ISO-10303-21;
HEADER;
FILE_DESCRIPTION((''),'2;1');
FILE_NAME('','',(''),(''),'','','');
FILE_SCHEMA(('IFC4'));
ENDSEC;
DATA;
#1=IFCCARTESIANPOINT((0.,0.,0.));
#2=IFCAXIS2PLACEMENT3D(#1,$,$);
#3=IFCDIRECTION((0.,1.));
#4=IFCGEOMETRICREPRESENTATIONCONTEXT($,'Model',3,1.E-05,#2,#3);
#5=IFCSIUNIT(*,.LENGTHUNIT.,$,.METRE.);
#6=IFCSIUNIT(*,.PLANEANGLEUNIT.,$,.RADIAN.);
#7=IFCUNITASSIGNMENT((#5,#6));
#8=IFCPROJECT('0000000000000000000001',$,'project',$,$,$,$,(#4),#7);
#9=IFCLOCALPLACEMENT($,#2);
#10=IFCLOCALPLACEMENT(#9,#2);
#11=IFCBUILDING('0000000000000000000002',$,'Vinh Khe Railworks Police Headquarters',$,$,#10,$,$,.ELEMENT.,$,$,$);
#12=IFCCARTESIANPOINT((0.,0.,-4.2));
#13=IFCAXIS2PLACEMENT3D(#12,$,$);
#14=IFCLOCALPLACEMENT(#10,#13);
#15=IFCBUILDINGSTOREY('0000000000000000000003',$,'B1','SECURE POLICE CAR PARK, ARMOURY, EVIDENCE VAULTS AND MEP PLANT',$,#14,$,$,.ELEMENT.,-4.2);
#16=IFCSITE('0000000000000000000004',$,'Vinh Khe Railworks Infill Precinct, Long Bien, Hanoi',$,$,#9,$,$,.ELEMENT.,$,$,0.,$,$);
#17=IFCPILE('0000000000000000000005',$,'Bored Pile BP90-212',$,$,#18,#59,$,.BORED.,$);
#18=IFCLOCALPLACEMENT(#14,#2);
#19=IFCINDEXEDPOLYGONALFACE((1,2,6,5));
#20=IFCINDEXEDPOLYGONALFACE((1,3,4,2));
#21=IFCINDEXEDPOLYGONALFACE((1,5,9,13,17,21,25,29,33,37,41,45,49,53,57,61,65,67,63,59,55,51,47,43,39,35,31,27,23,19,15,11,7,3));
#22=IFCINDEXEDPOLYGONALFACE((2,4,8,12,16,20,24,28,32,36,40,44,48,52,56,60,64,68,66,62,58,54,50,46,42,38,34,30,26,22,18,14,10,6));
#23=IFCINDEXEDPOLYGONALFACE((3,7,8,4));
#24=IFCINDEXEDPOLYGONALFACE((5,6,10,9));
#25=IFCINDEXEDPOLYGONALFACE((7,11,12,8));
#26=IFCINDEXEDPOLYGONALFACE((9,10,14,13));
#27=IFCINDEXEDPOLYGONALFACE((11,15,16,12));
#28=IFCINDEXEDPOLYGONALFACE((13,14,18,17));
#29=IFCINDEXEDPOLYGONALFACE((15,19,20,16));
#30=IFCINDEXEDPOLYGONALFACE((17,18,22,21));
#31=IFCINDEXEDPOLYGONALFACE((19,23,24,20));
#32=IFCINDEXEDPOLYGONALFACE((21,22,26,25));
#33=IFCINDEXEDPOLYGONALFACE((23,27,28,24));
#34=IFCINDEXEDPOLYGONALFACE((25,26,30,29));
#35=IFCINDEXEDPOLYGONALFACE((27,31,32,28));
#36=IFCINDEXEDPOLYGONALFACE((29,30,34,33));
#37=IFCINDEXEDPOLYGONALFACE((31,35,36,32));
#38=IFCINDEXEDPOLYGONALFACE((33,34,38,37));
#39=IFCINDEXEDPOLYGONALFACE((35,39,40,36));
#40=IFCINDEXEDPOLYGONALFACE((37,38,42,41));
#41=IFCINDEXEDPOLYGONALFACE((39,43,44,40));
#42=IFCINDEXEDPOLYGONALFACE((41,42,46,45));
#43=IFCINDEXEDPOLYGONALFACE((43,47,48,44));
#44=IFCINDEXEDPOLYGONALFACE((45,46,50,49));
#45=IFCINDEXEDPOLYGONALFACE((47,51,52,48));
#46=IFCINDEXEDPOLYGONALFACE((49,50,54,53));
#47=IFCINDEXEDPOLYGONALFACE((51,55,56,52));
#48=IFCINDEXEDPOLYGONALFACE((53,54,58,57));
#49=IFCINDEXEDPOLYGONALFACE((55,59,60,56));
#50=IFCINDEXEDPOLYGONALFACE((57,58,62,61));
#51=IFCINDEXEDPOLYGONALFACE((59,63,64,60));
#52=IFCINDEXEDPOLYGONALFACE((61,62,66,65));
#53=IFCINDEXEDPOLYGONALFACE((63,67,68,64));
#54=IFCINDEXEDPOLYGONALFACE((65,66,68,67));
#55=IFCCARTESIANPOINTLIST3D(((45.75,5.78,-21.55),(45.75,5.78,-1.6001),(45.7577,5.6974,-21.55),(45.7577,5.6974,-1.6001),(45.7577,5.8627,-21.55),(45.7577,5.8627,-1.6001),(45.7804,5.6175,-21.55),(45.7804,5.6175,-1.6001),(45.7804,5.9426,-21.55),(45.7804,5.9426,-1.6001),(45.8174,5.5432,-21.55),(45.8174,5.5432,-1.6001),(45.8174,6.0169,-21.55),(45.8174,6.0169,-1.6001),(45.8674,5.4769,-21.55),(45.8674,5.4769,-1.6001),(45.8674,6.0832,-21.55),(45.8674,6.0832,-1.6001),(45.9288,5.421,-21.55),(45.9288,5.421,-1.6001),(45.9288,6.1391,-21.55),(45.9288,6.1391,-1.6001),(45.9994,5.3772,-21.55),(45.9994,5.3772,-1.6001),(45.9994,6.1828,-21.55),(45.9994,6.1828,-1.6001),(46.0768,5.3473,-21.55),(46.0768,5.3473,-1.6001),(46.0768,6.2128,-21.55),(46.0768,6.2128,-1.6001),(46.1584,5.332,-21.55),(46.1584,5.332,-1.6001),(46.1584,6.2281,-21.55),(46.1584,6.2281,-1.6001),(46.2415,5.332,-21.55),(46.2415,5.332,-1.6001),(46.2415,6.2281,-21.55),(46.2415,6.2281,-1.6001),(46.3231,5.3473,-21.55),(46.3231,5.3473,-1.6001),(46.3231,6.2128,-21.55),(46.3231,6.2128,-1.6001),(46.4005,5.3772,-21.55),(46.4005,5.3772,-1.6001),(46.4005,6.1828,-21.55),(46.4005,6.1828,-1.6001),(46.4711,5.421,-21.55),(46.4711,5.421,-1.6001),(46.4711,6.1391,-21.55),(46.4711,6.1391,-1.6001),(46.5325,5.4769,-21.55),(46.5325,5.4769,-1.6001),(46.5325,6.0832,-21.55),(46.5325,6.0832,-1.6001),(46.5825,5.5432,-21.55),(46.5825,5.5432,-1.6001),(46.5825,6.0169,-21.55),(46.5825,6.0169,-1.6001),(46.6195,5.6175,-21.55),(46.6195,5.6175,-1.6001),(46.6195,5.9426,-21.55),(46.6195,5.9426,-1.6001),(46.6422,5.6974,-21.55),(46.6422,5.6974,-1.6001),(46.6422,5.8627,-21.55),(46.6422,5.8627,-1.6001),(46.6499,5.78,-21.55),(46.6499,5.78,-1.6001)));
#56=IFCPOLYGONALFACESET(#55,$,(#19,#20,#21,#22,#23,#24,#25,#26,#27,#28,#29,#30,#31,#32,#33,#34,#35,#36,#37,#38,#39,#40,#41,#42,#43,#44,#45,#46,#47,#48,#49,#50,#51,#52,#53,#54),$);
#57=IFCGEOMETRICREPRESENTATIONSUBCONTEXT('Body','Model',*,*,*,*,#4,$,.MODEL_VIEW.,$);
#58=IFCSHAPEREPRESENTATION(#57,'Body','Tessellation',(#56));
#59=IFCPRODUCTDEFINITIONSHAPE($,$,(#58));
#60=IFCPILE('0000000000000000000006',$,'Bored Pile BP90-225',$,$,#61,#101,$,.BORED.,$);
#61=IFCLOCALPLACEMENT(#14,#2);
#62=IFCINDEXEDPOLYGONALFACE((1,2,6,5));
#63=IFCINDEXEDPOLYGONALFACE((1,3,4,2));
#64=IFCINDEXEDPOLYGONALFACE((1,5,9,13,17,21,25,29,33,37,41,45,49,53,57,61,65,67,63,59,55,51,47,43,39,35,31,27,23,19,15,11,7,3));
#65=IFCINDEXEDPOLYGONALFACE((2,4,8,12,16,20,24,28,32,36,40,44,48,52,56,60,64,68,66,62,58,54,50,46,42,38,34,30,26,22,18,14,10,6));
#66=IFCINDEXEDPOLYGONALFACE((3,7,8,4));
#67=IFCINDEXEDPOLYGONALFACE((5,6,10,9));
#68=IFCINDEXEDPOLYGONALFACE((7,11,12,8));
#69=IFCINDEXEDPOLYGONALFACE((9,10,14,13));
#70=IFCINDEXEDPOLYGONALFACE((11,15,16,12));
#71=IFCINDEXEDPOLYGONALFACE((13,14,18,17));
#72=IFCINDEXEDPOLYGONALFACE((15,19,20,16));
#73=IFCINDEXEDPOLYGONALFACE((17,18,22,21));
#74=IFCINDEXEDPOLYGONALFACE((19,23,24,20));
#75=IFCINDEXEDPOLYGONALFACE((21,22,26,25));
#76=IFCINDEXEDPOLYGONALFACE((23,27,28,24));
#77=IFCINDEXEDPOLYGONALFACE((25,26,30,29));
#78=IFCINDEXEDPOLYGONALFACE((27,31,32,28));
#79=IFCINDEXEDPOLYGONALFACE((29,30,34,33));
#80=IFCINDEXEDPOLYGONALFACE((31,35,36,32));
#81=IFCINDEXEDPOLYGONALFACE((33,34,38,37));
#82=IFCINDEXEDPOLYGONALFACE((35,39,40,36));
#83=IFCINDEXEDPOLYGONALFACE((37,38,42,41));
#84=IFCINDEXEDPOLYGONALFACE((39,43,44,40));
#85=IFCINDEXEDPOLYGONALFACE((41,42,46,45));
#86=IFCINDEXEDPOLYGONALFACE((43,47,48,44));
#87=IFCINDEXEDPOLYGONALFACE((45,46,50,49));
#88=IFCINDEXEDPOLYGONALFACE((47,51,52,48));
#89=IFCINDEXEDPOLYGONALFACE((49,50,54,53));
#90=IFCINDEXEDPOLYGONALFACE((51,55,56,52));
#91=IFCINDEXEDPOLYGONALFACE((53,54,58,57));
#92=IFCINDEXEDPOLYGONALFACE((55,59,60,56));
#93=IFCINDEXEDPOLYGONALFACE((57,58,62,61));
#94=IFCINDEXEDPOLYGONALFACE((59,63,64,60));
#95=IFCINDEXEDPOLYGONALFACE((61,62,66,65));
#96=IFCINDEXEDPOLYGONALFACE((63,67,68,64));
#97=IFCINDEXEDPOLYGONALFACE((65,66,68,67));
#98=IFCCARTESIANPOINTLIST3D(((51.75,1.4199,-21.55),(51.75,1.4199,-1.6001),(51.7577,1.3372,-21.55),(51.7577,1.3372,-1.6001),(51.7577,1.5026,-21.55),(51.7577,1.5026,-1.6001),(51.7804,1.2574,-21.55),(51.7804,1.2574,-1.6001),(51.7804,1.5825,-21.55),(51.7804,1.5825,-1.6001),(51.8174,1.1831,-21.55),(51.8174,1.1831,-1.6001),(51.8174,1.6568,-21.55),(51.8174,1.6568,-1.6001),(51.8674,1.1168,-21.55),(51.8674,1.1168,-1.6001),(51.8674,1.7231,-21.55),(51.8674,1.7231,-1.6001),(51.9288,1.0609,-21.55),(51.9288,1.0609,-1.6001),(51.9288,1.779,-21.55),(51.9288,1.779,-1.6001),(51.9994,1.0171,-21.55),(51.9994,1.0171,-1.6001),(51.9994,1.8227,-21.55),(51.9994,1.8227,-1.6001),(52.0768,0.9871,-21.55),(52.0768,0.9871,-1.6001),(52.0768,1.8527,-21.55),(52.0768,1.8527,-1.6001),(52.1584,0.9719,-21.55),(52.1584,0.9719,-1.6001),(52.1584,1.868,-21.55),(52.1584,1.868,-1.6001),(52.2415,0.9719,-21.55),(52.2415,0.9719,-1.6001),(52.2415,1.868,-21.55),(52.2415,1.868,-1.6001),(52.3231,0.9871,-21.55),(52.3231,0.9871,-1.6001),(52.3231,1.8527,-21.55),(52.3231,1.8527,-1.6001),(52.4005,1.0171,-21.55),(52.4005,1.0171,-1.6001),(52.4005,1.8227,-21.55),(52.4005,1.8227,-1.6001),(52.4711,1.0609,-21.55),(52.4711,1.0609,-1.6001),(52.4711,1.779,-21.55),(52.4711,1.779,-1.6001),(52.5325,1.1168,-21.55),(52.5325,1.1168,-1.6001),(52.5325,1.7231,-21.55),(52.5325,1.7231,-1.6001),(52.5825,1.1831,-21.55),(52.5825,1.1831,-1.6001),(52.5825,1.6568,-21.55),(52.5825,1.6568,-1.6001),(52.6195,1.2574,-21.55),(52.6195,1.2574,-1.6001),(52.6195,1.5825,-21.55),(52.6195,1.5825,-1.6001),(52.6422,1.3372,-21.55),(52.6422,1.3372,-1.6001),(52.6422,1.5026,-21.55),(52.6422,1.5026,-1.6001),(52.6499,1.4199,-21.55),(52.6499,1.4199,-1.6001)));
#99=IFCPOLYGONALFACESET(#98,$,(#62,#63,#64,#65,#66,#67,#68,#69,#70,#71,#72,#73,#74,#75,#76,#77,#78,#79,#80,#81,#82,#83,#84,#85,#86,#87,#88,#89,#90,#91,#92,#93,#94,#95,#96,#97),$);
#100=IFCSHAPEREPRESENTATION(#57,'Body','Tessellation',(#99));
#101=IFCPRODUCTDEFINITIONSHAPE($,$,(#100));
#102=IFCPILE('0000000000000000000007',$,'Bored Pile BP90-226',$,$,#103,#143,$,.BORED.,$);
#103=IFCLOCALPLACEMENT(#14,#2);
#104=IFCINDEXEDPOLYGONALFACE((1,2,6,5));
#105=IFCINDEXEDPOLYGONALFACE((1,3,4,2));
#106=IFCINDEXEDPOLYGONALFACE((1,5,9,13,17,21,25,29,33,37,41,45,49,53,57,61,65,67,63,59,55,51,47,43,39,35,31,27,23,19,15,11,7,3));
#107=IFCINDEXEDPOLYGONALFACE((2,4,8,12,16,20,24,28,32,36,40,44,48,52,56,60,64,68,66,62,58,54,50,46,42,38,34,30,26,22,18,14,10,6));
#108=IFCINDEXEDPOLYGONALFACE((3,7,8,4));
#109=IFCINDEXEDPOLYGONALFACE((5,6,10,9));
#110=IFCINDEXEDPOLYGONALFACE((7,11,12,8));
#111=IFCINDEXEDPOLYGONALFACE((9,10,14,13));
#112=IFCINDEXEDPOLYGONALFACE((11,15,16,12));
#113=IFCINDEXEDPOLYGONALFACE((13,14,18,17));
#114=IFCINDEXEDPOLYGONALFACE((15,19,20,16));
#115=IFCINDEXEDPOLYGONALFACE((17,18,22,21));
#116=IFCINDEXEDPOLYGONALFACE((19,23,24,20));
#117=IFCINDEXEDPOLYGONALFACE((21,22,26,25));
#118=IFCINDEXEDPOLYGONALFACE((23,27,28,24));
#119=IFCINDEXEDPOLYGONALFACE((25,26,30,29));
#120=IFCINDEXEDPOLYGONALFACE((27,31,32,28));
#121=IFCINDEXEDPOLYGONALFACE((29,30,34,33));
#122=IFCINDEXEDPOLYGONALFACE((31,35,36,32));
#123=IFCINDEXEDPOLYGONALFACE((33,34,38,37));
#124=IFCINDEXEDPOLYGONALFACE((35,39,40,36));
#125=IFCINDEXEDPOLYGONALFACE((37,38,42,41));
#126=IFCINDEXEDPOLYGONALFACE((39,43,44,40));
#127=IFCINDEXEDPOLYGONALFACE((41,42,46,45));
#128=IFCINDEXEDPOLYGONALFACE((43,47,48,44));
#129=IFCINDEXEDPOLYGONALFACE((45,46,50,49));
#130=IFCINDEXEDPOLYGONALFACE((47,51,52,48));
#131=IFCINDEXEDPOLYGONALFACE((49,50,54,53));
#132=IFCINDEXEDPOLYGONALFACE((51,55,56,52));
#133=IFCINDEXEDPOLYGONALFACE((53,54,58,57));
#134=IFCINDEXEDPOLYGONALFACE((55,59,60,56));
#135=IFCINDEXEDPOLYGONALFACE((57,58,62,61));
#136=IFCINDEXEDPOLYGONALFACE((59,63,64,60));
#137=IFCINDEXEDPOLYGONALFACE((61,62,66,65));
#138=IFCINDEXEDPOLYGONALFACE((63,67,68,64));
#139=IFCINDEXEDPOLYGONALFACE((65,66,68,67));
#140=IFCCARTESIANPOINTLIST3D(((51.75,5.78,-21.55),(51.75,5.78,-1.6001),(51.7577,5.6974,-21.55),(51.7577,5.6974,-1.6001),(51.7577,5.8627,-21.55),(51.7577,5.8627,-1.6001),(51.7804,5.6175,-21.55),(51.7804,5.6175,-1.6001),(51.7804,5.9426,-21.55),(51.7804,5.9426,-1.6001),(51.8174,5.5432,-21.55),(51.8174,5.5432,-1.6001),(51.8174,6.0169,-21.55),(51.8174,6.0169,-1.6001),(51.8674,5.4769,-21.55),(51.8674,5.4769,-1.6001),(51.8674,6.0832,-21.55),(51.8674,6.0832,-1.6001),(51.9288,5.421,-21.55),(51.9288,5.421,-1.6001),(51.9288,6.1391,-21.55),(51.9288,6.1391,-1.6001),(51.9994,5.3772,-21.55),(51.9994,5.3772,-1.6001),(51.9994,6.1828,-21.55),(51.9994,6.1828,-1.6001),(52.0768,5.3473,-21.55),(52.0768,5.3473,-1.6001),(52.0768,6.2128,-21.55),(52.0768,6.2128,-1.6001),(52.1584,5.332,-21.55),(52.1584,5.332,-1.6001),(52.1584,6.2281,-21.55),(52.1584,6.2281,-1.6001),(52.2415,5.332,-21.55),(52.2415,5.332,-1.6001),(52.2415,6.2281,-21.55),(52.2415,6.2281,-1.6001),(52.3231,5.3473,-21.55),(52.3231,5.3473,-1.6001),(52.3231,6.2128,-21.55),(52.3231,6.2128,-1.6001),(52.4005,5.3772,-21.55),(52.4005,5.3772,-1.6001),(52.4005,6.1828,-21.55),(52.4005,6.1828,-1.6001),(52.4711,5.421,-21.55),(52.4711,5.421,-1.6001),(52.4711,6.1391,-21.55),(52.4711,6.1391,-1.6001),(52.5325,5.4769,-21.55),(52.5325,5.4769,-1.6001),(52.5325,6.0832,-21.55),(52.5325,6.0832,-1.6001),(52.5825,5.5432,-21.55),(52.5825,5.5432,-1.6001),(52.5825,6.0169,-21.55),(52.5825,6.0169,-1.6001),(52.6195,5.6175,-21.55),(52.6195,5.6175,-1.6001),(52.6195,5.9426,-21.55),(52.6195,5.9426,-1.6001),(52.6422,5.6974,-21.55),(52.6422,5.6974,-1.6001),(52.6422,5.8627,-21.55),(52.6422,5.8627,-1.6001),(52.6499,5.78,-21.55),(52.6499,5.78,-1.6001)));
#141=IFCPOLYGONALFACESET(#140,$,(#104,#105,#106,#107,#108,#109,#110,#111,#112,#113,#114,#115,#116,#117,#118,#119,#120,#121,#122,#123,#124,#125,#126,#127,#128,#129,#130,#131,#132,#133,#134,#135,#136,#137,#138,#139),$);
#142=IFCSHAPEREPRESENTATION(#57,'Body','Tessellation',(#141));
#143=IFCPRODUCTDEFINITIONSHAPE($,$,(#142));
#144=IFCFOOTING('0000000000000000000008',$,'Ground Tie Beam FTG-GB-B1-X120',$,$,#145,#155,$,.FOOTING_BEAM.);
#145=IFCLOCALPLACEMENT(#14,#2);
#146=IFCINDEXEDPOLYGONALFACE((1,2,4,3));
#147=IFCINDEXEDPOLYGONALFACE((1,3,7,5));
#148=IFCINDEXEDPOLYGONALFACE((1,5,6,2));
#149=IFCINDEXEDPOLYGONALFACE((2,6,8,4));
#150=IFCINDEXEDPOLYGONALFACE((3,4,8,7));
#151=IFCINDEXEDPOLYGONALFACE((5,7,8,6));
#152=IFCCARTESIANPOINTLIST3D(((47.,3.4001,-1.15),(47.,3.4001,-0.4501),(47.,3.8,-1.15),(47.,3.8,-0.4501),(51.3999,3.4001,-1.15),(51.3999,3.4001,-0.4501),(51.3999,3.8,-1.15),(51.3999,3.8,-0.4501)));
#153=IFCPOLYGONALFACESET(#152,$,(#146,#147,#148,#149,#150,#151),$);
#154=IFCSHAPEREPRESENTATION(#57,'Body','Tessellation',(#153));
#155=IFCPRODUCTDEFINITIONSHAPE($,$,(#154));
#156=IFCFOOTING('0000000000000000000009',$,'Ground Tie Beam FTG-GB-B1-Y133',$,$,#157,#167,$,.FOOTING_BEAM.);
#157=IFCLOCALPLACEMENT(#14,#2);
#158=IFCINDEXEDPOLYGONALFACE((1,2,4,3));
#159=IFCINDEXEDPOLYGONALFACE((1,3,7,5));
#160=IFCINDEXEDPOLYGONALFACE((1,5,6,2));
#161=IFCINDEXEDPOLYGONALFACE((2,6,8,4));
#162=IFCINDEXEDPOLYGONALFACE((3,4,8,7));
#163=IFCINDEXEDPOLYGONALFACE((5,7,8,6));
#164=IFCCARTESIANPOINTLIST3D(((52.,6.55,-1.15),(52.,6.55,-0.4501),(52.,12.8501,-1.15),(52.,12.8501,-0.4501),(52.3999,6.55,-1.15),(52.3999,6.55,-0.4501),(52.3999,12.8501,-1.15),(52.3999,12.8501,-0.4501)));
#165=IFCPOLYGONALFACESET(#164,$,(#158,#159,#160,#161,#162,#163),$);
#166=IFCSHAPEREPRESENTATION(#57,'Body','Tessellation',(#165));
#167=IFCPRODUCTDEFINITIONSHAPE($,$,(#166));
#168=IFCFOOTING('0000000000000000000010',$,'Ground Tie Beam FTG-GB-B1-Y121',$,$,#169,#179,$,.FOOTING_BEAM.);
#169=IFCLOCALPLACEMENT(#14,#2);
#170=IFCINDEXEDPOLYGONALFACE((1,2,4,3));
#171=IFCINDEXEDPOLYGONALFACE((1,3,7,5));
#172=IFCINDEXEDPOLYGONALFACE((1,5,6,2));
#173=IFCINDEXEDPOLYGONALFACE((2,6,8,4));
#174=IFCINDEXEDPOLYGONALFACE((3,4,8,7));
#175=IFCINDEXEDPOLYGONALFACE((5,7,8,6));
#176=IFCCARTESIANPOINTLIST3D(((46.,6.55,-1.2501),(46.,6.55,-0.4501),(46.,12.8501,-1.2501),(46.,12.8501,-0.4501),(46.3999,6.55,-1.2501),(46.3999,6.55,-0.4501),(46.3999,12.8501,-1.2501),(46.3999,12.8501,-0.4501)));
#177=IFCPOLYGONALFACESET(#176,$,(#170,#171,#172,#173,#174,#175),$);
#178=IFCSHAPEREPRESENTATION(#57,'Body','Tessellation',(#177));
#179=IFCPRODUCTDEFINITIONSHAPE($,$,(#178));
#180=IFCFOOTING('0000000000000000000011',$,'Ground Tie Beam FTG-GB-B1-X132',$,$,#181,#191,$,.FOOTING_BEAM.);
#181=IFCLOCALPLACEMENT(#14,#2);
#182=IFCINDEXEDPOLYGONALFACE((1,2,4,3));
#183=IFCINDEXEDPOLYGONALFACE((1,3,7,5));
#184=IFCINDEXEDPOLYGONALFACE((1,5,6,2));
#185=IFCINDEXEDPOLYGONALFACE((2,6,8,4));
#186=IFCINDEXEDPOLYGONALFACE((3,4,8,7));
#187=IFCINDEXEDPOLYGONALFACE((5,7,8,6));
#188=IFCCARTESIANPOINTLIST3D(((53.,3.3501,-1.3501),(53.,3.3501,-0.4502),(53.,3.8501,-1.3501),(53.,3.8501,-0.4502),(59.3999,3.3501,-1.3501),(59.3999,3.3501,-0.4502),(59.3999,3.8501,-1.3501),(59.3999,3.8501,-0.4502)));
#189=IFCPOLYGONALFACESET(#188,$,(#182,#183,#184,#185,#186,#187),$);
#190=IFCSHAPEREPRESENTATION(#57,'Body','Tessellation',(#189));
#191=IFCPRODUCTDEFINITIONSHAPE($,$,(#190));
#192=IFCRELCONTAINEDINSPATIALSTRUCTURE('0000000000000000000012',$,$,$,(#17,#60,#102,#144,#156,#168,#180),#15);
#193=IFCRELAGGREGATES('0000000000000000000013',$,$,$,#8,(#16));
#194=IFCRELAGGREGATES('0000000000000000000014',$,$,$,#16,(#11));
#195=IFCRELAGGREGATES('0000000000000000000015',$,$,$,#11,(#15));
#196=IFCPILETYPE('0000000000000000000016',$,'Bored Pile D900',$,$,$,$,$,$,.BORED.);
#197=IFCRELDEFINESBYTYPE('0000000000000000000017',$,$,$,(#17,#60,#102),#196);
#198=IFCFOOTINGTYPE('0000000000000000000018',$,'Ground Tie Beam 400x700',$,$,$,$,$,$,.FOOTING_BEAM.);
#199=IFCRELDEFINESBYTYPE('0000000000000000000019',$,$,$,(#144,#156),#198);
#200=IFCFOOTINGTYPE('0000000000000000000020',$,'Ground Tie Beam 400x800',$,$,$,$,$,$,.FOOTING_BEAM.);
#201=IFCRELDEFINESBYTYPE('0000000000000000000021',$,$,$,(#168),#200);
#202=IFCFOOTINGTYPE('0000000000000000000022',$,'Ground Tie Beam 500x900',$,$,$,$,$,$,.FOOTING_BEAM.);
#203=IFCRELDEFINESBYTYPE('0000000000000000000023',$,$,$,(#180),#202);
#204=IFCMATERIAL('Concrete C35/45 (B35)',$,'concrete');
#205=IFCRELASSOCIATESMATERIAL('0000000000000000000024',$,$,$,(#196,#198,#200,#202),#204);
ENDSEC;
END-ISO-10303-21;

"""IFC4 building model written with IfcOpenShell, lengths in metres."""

from ifc_helpers import new_model, si_unit, direction, frame, origin, origin_2d, place, context, subcontext, project, spatial, rectangle, circle, extrude, material, material_profile, profile_set, type_object, element, save


model = new_model("IFC4")

# Units and contexts
model_context = context("Model", 3, precision=1e-05, world=origin(), true_north=direction((0.0, 1.0)))
body_context = subcontext(model_context, "Body", "Model", "MODEL_VIEW")
ifc_project = project(units=[si_unit("LENGTHUNIT", "METRE"), si_unit("PLANEANGLEUNIT", "RADIAN")], contexts=[model_context])

# Site, building, storey
site_placement = place(None, origin())
site = spatial("IfcSite", under=ifc_project, at=site_placement, Name="Vinh Khe Railworks Infill Precinct, Long Bien, Hanoi", CompositionType="ELEMENT", RefElevation=0.0)
building_placement = place(site_placement, origin())
building = spatial("IfcBuilding", under=site, at=building_placement, Name="Vinh Khe Railworks Police Headquarters", CompositionType="ELEMENT")
storey_placement = place(building_placement, frame((0.0, 0.0, -4.2)))
storey = spatial("IfcBuildingStorey", under=building, at=storey_placement, Name="B1", Description="SECURE POLICE CAR PARK, ARMOURY, EVIDENCE VAULTS AND MEP PLANT", CompositionType="ELEMENT", Elevation=-4.2)

# Piles
ifc_material_1 = material(Name="Concrete C35/45 (B35)", Category="concrete")
ifc_material_profile_1 = material_profile(ifc_material_1, circle(Radius=0.45, at=origin_2d()), Name="BORED PILE D900")
ifc_profile_set_1 = profile_set([ifc_material_profile_1], Name="Concrete C35/45 (B35)")
pile_type = type_object("IfcPileType", Name="Bored Pile D900", PredefinedType="BORED", material=ifc_profile_set_1)
for number, where, z_axis, x_axis, name in (
    (1, (46.2, 5.78, -1.6001), (0.0, 0.0, -1.0), (1.0, 0.0, 0.0), "Bored Pile BP90-212"),
    (2, (52.2, 1.4199, -1.6001), (0.0, 0.0, -1.0), (1.0, 0.0, 0.0), "Bored Pile BP90-225"),
    (3, (52.2, 5.78, -1.6001), (0.0, 0.0, -1.0), (1.0, 0.0, 0.0), "Bored Pile BP90-226"),
):
    element("IfcPile", number, at=place(storey_placement, frame(where, z_axis=z_axis, x_axis=x_axis)), inside=storey, type_object=pile_type, Name=name, PredefinedType="BORED", context=body_context, shape_type="SweptSolid", body=[
        extrude(circle(Radius=0.45, at=origin_2d()), origin(), (0.0, 0.0, 1.0), 19.95),
    ])

# Footings
ifc_material_profile_2 = material_profile(ifc_material_1, rectangle(XDim=0.3999, YDim=0.7, at=origin_2d()), Name="RC 400x700")
ifc_profile_set_2 = profile_set([ifc_material_profile_2], Name="Concrete C35/45 (B35)")
footing_type_1 = type_object("IfcFootingType", Name="Ground Tie Beam 400x700", PredefinedType="FOOTING_BEAM", material=ifc_profile_set_2)
footing_1_placement = place(storey_placement, frame((47.0, 3.6001, -0.8), z_axis=(1.0, 0.0, 0.0), x_axis=(0.0, 1.0, 0.0)))
element("IfcFooting", 4, at=footing_1_placement, inside=storey, type_object=footing_type_1, Name="Ground Tie Beam FTG-GB-B1-X120", PredefinedType="FOOTING_BEAM", context=body_context, shape_type="SweptSolid", body=[
    extrude(rectangle(XDim=0.3999, YDim=0.7, at=origin_2d()), origin(), (0.0, 0.0, 1.0), 4.3999),
])
footing_2_placement = place(storey_placement, frame((52.2, 6.55, -0.8), z_axis=(0.0, 1.0, 0.0), x_axis=(-1.0, 0.0, 0.0)))
element("IfcFooting", 5, at=footing_2_placement, inside=storey, type_object=footing_type_1, Name="Ground Tie Beam FTG-GB-B1-Y133", PredefinedType="FOOTING_BEAM", context=body_context, shape_type="SweptSolid", body=[
    extrude(rectangle(XDim=0.3999, YDim=0.7, at=origin_2d()), origin(), (0.0, 0.0, 1.0), 6.3),
])
ifc_material_profile_3 = material_profile(ifc_material_1, rectangle(XDim=0.3999, YDim=0.8, at=origin_2d()), Name="RC 400x800")
ifc_profile_set_3 = profile_set([ifc_material_profile_3], Name="Concrete C35/45 (B35)")
footing_type_2 = type_object("IfcFootingType", Name="Ground Tie Beam 400x800", PredefinedType="FOOTING_BEAM", material=ifc_profile_set_3)
footing_3_placement = place(storey_placement, frame((46.2, 6.55, -0.8501), z_axis=(0.0, 1.0, 0.0), x_axis=(-1.0, 0.0, 0.0)))
element("IfcFooting", 6, at=footing_3_placement, inside=storey, type_object=footing_type_2, Name="Ground Tie Beam FTG-GB-B1-Y121", PredefinedType="FOOTING_BEAM", context=body_context, shape_type="SweptSolid", body=[
    extrude(rectangle(XDim=0.3999, YDim=0.8, at=origin_2d()), origin(), (0.0, 0.0, 1.0), 6.3),
])
ifc_material_profile_4 = material_profile(ifc_material_1, rectangle(XDim=0.5, YDim=0.8999, at=origin_2d()), Name="RC 500x900")
ifc_profile_set_4 = profile_set([ifc_material_profile_4], Name="Concrete C35/45 (B35)")
footing_type_3 = type_object("IfcFootingType", Name="Ground Tie Beam 500x900", PredefinedType="FOOTING_BEAM", material=ifc_profile_set_4)
footing_4_placement = place(storey_placement, frame((53.0, 3.6001, -0.9001), z_axis=(1.0, 0.0, 0.0), x_axis=(0.0, 1.0, 0.0)))
element("IfcFooting", 7, at=footing_4_placement, inside=storey, type_object=footing_type_3, Name="Ground Tie Beam FTG-GB-B1-X132", PredefinedType="FOOTING_BEAM", context=body_context, shape_type="SweptSolid", body=[
    extrude(rectangle(XDim=0.5, YDim=0.8999, at=origin_2d()), origin(), (0.0, 0.0, 1.0), 6.3999),
])

save(model, "model.ifc")
